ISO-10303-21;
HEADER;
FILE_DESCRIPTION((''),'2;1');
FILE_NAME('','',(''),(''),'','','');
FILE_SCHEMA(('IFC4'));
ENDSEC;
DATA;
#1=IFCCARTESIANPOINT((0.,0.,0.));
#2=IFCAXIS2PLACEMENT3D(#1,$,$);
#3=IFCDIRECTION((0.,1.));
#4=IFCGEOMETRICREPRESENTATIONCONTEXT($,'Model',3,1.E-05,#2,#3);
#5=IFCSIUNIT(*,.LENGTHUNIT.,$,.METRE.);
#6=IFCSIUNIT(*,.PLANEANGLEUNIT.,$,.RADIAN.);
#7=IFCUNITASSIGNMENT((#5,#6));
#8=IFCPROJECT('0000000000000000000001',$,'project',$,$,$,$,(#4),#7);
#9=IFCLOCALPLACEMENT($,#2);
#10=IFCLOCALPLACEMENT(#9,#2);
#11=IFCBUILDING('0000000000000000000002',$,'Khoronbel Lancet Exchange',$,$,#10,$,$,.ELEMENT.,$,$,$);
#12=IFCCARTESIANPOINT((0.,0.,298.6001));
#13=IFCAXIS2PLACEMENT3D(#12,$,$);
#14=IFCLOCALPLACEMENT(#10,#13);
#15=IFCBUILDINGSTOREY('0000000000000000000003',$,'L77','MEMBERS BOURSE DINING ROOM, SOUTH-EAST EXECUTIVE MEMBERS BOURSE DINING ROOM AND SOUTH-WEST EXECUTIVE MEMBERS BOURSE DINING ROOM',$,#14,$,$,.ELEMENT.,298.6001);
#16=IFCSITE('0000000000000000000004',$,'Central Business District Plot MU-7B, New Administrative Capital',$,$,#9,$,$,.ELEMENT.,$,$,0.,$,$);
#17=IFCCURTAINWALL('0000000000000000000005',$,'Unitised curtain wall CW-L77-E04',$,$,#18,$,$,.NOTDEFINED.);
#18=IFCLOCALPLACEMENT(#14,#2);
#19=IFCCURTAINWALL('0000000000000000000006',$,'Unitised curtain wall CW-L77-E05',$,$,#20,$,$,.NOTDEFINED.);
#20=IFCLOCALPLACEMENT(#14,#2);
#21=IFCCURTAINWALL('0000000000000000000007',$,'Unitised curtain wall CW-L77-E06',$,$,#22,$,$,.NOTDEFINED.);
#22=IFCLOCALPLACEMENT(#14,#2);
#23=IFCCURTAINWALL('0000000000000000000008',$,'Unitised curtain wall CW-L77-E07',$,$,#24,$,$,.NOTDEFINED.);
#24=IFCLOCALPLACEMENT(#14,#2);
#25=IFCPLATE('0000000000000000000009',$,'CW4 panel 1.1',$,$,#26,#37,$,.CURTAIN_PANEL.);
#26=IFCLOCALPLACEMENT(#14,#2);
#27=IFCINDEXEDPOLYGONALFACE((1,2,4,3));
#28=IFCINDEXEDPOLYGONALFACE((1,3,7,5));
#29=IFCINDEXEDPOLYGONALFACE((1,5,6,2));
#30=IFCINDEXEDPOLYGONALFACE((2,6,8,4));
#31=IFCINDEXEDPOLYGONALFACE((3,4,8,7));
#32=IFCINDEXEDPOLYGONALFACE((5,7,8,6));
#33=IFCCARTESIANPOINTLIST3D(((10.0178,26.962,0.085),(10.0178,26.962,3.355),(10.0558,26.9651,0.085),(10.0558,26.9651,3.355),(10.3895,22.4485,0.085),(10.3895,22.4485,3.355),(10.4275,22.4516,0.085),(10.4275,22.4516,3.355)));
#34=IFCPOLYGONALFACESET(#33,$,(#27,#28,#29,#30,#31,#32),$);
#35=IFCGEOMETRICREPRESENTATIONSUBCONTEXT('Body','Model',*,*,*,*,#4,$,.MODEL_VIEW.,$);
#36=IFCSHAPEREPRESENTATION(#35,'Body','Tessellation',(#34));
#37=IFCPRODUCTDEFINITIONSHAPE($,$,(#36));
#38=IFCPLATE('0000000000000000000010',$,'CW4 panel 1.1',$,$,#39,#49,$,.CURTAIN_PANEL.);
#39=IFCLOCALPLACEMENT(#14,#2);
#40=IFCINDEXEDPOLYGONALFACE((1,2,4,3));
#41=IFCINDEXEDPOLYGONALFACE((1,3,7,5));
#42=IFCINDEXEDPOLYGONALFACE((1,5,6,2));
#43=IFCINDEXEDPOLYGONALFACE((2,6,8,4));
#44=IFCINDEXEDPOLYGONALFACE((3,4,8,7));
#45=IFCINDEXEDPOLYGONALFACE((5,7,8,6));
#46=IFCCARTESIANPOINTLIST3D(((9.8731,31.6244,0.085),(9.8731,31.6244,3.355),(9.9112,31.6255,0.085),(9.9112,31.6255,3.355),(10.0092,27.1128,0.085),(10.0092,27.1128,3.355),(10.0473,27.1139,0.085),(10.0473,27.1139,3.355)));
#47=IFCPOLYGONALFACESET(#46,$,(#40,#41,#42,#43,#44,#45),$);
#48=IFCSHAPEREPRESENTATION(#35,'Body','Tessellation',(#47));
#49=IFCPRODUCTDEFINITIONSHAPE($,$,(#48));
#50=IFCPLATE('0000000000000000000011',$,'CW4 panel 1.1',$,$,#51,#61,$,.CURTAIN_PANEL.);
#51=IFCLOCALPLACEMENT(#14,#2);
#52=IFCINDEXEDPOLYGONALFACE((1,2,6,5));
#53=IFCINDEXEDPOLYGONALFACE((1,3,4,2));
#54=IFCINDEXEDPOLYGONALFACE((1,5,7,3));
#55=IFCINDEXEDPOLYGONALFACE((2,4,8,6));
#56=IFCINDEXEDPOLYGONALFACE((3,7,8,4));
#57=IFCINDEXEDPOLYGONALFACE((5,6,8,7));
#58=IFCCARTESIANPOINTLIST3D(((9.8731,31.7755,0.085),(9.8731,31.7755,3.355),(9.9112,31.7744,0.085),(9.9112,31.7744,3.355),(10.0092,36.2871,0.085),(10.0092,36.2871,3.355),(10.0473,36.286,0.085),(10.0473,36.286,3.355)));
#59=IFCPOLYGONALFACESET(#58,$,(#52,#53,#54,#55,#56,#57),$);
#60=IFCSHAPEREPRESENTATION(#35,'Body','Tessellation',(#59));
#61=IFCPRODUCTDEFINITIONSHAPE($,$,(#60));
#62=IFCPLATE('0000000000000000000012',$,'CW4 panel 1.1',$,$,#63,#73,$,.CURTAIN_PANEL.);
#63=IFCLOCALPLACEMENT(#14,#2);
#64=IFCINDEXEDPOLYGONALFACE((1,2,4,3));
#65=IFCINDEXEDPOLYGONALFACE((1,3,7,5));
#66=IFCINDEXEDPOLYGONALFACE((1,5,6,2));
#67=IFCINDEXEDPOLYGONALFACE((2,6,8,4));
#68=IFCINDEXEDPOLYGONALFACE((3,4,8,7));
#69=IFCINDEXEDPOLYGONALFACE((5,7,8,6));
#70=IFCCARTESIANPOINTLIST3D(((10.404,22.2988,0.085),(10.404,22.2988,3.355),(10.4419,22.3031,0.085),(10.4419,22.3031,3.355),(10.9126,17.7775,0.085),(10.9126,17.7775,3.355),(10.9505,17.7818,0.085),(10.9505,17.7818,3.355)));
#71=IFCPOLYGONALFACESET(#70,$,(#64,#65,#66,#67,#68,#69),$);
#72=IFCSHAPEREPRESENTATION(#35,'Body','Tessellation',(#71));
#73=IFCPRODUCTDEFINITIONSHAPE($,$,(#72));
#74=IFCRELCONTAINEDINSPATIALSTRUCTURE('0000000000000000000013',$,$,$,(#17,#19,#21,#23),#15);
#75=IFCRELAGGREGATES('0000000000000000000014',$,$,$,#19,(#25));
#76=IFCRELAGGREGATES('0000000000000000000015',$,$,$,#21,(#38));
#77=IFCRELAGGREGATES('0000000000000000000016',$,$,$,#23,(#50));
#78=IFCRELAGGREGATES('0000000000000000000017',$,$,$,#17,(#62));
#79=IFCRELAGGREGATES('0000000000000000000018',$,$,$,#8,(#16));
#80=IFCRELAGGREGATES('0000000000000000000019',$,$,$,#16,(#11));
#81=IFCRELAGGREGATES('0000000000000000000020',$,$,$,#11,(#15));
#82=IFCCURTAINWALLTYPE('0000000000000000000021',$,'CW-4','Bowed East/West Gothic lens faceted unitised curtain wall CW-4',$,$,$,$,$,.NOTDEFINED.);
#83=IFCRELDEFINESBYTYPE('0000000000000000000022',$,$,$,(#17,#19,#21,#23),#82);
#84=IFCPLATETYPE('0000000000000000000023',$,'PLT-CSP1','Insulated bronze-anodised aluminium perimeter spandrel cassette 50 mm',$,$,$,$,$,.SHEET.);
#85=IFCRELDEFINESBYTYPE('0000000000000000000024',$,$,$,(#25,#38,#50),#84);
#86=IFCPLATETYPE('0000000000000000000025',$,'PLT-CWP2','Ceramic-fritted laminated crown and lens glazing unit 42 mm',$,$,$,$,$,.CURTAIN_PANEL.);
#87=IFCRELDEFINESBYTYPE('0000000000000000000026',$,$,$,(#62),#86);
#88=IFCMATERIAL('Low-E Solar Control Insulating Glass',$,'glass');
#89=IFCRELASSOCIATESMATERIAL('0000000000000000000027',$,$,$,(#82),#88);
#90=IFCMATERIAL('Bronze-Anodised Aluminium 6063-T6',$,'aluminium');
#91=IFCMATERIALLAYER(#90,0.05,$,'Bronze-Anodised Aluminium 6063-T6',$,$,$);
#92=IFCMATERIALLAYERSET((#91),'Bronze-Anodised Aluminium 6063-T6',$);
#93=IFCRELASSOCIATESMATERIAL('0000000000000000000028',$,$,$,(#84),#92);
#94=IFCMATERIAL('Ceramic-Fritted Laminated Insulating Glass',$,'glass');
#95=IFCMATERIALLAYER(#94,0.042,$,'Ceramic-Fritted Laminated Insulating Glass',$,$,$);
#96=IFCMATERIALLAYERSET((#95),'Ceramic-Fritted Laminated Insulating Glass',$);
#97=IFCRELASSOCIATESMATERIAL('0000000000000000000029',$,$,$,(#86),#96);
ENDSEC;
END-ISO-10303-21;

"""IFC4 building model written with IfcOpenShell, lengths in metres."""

from ifc_helpers import new_model, si_unit, direction, frame, origin, origin_2d, place, context, subcontext, project, spatial, rectangle, extrude, material, layer, layer_set, type_object, element, aggregate, save


model = new_model("IFC4")

# Units and contexts
model_context = context("Model", 3, precision=1e-05, world=origin(), true_north=direction((0.0, 1.0)))
body_context = subcontext(model_context, "Body", "Model", "MODEL_VIEW")
ifc_project = project(units=[si_unit("LENGTHUNIT", "METRE"), si_unit("PLANEANGLEUNIT", "RADIAN")], contexts=[model_context])

# Site, building, storey
site_placement = place(None, origin())
site = spatial("IfcSite", under=ifc_project, at=site_placement, Name="Central Business District Plot MU-7B, New Administrative Capital", CompositionType="ELEMENT", RefElevation=0.0)
building_placement = place(site_placement, origin())
building = spatial("IfcBuilding", under=site, at=building_placement, Name="Khoronbel Lancet Exchange", CompositionType="ELEMENT")
storey_placement = place(building_placement, frame((0.0, 0.0, 298.6001)))
storey = spatial("IfcBuildingStorey", under=building, at=storey_placement, Name="L77", Description="MEMBERS BOURSE DINING ROOM, SOUTH-EAST EXECUTIVE MEMBERS BOURSE DINING ROOM AND SOUTH-WEST EXECUTIVE MEMBERS BOURSE DINING ROOM", CompositionType="ELEMENT", Elevation=298.6001)

# Curtain walls
ifc_material_1 = material(Name="Low-E Solar Control Insulating Glass", Category="glass")
curtain_wall_type = type_object("IfcCurtainWallType", Name="CW-4", Description="Bowed East/West Gothic lens faceted unitised curtain wall CW-4", PredefinedType="NOTDEFINED", material=ifc_material_1)
curtain_wall_1_placement = place(storey_placement, origin())
curtain_wall_1 = element("IfcCurtainWall", 1, at=curtain_wall_1_placement, inside=storey, type_object=curtain_wall_type, Name="Unitised curtain wall CW-L77-E04", PredefinedType="NOTDEFINED")
ifc_material_2 = material(Name="Bronze-Anodised Aluminium 6063-T6", Category="aluminium")
curtain_wall_2_placement = place(storey_placement, origin())
curtain_wall_2 = element("IfcCurtainWall", 2, at=curtain_wall_2_placement, inside=storey, type_object=curtain_wall_type, Name="Unitised curtain wall CW-L77-E05", PredefinedType="NOTDEFINED")
curtain_wall_3_placement = place(storey_placement, origin())
curtain_wall_3 = element("IfcCurtainWall", 3, at=curtain_wall_3_placement, inside=storey, type_object=curtain_wall_type, Name="Unitised curtain wall CW-L77-E06", PredefinedType="NOTDEFINED")

# Curtain wall
curtain_wall_4_placement = place(storey_placement, origin())
curtain_wall_4 = element("IfcCurtainWall", 4, at=curtain_wall_4_placement, inside=storey, type_object=curtain_wall_type, Name="Unitised curtain wall CW-L77-E07", PredefinedType="NOTDEFINED")

# Plates
ifc_layer_1 = layer(ifc_material_2, 0.05, Name="Bronze-Anodised Aluminium 6063-T6")
ifc_layer_set_1 = layer_set([ifc_layer_1], Name="Bronze-Anodised Aluminium 6063-T6")
plate_type_1 = type_object("IfcPlateType", Name="PLT-CSP1", Description="Insulated bronze-anodised aluminium perimeter spandrel cassette 50 mm", PredefinedType="SHEET", material=ifc_layer_set_1)
plate_1_placement = place(storey_placement, frame((10.2227, 24.7068, 0.085), z_axis=(0.0, 0.0, 1.0), x_axis=(-0.082073, 0.996626, 0.0)))
plate_1 = element("IfcPlate", 5, at=plate_1_placement, type_object=plate_type_1, Name="CW4 panel 1.1", PredefinedType="CURTAIN_PANEL", context=body_context, shape_type="SweptSolid", body=[
    extrude(rectangle(XDim=4.5288, YDim=0.0381, at=origin_2d()), origin(), (0.0, 0.0, 1.0), 3.27),
])
aggregate(curtain_wall_2, [plate_1])
plate_2_placement = place(storey_placement, frame((9.9602, 29.3691, 0.085), z_axis=(0.0, 0.0, 1.0), x_axis=(-0.030148, 0.999545, 0.0)))
plate_2 = element("IfcPlate", 6, at=plate_2_placement, type_object=plate_type_1, Name="CW4 panel 1.1", PredefinedType="CURTAIN_PANEL", context=body_context, shape_type="SweptSolid", body=[
    extrude(rectangle(XDim=4.5137, YDim=0.0381, at=origin_2d()), origin(), (0.0, 0.0, 1.0), 3.27),
])
aggregate(curtain_wall_3, [plate_2])
plate_3_placement = place(storey_placement, frame((9.9602, 34.0308, 0.085), z_axis=(0.0, 0.0, 1.0), x_axis=(0.030148, 0.999545, 0.0)))
plate_3 = element("IfcPlate", 7, at=plate_3_placement, type_object=plate_type_1, Name="CW4 panel 1.1", PredefinedType="CURTAIN_PANEL", context=body_context, shape_type="SweptSolid", body=[
    extrude(rectangle(XDim=4.5137, YDim=0.0381, at=origin_2d()), origin(), (0.0, 0.0, 1.0), 3.27),
])
aggregate(curtain_wall_4, [plate_3])
ifc_material_3 = material(Name="Ceramic-Fritted Laminated Insulating Glass", Category="glass")
ifc_layer_2 = layer(ifc_material_3, 0.042, Name="Ceramic-Fritted Laminated Insulating Glass")
ifc_layer_set_2 = layer_set([ifc_layer_2], Name="Ceramic-Fritted Laminated Insulating Glass")
plate_type_2 = type_object("IfcPlateType", Name="PLT-CWP2", Description="Ceramic-fritted laminated crown and lens glazing unit 42 mm", PredefinedType="CURTAIN_PANEL", material=ifc_layer_set_2)
plate_4_placement = place(storey_placement, frame((10.6772, 20.0403, 0.085), z_axis=(0.0, 0.0, 1.0), x_axis=(-0.111791, 0.993732, 0.0)))
plate_4 = element("IfcPlate", 8, at=plate_4_placement, type_object=plate_type_2, Name="CW4 panel 1.1", PredefinedType="CURTAIN_PANEL", context=body_context, shape_type="SweptSolid", body=[
    extrude(rectangle(XDim=4.5498, YDim=0.0381, at=origin_2d()), origin(), (0.0, 0.0, 1.0), 3.27),
])
aggregate(curtain_wall_1, [plate_4])

save(model, "model.ifc")
